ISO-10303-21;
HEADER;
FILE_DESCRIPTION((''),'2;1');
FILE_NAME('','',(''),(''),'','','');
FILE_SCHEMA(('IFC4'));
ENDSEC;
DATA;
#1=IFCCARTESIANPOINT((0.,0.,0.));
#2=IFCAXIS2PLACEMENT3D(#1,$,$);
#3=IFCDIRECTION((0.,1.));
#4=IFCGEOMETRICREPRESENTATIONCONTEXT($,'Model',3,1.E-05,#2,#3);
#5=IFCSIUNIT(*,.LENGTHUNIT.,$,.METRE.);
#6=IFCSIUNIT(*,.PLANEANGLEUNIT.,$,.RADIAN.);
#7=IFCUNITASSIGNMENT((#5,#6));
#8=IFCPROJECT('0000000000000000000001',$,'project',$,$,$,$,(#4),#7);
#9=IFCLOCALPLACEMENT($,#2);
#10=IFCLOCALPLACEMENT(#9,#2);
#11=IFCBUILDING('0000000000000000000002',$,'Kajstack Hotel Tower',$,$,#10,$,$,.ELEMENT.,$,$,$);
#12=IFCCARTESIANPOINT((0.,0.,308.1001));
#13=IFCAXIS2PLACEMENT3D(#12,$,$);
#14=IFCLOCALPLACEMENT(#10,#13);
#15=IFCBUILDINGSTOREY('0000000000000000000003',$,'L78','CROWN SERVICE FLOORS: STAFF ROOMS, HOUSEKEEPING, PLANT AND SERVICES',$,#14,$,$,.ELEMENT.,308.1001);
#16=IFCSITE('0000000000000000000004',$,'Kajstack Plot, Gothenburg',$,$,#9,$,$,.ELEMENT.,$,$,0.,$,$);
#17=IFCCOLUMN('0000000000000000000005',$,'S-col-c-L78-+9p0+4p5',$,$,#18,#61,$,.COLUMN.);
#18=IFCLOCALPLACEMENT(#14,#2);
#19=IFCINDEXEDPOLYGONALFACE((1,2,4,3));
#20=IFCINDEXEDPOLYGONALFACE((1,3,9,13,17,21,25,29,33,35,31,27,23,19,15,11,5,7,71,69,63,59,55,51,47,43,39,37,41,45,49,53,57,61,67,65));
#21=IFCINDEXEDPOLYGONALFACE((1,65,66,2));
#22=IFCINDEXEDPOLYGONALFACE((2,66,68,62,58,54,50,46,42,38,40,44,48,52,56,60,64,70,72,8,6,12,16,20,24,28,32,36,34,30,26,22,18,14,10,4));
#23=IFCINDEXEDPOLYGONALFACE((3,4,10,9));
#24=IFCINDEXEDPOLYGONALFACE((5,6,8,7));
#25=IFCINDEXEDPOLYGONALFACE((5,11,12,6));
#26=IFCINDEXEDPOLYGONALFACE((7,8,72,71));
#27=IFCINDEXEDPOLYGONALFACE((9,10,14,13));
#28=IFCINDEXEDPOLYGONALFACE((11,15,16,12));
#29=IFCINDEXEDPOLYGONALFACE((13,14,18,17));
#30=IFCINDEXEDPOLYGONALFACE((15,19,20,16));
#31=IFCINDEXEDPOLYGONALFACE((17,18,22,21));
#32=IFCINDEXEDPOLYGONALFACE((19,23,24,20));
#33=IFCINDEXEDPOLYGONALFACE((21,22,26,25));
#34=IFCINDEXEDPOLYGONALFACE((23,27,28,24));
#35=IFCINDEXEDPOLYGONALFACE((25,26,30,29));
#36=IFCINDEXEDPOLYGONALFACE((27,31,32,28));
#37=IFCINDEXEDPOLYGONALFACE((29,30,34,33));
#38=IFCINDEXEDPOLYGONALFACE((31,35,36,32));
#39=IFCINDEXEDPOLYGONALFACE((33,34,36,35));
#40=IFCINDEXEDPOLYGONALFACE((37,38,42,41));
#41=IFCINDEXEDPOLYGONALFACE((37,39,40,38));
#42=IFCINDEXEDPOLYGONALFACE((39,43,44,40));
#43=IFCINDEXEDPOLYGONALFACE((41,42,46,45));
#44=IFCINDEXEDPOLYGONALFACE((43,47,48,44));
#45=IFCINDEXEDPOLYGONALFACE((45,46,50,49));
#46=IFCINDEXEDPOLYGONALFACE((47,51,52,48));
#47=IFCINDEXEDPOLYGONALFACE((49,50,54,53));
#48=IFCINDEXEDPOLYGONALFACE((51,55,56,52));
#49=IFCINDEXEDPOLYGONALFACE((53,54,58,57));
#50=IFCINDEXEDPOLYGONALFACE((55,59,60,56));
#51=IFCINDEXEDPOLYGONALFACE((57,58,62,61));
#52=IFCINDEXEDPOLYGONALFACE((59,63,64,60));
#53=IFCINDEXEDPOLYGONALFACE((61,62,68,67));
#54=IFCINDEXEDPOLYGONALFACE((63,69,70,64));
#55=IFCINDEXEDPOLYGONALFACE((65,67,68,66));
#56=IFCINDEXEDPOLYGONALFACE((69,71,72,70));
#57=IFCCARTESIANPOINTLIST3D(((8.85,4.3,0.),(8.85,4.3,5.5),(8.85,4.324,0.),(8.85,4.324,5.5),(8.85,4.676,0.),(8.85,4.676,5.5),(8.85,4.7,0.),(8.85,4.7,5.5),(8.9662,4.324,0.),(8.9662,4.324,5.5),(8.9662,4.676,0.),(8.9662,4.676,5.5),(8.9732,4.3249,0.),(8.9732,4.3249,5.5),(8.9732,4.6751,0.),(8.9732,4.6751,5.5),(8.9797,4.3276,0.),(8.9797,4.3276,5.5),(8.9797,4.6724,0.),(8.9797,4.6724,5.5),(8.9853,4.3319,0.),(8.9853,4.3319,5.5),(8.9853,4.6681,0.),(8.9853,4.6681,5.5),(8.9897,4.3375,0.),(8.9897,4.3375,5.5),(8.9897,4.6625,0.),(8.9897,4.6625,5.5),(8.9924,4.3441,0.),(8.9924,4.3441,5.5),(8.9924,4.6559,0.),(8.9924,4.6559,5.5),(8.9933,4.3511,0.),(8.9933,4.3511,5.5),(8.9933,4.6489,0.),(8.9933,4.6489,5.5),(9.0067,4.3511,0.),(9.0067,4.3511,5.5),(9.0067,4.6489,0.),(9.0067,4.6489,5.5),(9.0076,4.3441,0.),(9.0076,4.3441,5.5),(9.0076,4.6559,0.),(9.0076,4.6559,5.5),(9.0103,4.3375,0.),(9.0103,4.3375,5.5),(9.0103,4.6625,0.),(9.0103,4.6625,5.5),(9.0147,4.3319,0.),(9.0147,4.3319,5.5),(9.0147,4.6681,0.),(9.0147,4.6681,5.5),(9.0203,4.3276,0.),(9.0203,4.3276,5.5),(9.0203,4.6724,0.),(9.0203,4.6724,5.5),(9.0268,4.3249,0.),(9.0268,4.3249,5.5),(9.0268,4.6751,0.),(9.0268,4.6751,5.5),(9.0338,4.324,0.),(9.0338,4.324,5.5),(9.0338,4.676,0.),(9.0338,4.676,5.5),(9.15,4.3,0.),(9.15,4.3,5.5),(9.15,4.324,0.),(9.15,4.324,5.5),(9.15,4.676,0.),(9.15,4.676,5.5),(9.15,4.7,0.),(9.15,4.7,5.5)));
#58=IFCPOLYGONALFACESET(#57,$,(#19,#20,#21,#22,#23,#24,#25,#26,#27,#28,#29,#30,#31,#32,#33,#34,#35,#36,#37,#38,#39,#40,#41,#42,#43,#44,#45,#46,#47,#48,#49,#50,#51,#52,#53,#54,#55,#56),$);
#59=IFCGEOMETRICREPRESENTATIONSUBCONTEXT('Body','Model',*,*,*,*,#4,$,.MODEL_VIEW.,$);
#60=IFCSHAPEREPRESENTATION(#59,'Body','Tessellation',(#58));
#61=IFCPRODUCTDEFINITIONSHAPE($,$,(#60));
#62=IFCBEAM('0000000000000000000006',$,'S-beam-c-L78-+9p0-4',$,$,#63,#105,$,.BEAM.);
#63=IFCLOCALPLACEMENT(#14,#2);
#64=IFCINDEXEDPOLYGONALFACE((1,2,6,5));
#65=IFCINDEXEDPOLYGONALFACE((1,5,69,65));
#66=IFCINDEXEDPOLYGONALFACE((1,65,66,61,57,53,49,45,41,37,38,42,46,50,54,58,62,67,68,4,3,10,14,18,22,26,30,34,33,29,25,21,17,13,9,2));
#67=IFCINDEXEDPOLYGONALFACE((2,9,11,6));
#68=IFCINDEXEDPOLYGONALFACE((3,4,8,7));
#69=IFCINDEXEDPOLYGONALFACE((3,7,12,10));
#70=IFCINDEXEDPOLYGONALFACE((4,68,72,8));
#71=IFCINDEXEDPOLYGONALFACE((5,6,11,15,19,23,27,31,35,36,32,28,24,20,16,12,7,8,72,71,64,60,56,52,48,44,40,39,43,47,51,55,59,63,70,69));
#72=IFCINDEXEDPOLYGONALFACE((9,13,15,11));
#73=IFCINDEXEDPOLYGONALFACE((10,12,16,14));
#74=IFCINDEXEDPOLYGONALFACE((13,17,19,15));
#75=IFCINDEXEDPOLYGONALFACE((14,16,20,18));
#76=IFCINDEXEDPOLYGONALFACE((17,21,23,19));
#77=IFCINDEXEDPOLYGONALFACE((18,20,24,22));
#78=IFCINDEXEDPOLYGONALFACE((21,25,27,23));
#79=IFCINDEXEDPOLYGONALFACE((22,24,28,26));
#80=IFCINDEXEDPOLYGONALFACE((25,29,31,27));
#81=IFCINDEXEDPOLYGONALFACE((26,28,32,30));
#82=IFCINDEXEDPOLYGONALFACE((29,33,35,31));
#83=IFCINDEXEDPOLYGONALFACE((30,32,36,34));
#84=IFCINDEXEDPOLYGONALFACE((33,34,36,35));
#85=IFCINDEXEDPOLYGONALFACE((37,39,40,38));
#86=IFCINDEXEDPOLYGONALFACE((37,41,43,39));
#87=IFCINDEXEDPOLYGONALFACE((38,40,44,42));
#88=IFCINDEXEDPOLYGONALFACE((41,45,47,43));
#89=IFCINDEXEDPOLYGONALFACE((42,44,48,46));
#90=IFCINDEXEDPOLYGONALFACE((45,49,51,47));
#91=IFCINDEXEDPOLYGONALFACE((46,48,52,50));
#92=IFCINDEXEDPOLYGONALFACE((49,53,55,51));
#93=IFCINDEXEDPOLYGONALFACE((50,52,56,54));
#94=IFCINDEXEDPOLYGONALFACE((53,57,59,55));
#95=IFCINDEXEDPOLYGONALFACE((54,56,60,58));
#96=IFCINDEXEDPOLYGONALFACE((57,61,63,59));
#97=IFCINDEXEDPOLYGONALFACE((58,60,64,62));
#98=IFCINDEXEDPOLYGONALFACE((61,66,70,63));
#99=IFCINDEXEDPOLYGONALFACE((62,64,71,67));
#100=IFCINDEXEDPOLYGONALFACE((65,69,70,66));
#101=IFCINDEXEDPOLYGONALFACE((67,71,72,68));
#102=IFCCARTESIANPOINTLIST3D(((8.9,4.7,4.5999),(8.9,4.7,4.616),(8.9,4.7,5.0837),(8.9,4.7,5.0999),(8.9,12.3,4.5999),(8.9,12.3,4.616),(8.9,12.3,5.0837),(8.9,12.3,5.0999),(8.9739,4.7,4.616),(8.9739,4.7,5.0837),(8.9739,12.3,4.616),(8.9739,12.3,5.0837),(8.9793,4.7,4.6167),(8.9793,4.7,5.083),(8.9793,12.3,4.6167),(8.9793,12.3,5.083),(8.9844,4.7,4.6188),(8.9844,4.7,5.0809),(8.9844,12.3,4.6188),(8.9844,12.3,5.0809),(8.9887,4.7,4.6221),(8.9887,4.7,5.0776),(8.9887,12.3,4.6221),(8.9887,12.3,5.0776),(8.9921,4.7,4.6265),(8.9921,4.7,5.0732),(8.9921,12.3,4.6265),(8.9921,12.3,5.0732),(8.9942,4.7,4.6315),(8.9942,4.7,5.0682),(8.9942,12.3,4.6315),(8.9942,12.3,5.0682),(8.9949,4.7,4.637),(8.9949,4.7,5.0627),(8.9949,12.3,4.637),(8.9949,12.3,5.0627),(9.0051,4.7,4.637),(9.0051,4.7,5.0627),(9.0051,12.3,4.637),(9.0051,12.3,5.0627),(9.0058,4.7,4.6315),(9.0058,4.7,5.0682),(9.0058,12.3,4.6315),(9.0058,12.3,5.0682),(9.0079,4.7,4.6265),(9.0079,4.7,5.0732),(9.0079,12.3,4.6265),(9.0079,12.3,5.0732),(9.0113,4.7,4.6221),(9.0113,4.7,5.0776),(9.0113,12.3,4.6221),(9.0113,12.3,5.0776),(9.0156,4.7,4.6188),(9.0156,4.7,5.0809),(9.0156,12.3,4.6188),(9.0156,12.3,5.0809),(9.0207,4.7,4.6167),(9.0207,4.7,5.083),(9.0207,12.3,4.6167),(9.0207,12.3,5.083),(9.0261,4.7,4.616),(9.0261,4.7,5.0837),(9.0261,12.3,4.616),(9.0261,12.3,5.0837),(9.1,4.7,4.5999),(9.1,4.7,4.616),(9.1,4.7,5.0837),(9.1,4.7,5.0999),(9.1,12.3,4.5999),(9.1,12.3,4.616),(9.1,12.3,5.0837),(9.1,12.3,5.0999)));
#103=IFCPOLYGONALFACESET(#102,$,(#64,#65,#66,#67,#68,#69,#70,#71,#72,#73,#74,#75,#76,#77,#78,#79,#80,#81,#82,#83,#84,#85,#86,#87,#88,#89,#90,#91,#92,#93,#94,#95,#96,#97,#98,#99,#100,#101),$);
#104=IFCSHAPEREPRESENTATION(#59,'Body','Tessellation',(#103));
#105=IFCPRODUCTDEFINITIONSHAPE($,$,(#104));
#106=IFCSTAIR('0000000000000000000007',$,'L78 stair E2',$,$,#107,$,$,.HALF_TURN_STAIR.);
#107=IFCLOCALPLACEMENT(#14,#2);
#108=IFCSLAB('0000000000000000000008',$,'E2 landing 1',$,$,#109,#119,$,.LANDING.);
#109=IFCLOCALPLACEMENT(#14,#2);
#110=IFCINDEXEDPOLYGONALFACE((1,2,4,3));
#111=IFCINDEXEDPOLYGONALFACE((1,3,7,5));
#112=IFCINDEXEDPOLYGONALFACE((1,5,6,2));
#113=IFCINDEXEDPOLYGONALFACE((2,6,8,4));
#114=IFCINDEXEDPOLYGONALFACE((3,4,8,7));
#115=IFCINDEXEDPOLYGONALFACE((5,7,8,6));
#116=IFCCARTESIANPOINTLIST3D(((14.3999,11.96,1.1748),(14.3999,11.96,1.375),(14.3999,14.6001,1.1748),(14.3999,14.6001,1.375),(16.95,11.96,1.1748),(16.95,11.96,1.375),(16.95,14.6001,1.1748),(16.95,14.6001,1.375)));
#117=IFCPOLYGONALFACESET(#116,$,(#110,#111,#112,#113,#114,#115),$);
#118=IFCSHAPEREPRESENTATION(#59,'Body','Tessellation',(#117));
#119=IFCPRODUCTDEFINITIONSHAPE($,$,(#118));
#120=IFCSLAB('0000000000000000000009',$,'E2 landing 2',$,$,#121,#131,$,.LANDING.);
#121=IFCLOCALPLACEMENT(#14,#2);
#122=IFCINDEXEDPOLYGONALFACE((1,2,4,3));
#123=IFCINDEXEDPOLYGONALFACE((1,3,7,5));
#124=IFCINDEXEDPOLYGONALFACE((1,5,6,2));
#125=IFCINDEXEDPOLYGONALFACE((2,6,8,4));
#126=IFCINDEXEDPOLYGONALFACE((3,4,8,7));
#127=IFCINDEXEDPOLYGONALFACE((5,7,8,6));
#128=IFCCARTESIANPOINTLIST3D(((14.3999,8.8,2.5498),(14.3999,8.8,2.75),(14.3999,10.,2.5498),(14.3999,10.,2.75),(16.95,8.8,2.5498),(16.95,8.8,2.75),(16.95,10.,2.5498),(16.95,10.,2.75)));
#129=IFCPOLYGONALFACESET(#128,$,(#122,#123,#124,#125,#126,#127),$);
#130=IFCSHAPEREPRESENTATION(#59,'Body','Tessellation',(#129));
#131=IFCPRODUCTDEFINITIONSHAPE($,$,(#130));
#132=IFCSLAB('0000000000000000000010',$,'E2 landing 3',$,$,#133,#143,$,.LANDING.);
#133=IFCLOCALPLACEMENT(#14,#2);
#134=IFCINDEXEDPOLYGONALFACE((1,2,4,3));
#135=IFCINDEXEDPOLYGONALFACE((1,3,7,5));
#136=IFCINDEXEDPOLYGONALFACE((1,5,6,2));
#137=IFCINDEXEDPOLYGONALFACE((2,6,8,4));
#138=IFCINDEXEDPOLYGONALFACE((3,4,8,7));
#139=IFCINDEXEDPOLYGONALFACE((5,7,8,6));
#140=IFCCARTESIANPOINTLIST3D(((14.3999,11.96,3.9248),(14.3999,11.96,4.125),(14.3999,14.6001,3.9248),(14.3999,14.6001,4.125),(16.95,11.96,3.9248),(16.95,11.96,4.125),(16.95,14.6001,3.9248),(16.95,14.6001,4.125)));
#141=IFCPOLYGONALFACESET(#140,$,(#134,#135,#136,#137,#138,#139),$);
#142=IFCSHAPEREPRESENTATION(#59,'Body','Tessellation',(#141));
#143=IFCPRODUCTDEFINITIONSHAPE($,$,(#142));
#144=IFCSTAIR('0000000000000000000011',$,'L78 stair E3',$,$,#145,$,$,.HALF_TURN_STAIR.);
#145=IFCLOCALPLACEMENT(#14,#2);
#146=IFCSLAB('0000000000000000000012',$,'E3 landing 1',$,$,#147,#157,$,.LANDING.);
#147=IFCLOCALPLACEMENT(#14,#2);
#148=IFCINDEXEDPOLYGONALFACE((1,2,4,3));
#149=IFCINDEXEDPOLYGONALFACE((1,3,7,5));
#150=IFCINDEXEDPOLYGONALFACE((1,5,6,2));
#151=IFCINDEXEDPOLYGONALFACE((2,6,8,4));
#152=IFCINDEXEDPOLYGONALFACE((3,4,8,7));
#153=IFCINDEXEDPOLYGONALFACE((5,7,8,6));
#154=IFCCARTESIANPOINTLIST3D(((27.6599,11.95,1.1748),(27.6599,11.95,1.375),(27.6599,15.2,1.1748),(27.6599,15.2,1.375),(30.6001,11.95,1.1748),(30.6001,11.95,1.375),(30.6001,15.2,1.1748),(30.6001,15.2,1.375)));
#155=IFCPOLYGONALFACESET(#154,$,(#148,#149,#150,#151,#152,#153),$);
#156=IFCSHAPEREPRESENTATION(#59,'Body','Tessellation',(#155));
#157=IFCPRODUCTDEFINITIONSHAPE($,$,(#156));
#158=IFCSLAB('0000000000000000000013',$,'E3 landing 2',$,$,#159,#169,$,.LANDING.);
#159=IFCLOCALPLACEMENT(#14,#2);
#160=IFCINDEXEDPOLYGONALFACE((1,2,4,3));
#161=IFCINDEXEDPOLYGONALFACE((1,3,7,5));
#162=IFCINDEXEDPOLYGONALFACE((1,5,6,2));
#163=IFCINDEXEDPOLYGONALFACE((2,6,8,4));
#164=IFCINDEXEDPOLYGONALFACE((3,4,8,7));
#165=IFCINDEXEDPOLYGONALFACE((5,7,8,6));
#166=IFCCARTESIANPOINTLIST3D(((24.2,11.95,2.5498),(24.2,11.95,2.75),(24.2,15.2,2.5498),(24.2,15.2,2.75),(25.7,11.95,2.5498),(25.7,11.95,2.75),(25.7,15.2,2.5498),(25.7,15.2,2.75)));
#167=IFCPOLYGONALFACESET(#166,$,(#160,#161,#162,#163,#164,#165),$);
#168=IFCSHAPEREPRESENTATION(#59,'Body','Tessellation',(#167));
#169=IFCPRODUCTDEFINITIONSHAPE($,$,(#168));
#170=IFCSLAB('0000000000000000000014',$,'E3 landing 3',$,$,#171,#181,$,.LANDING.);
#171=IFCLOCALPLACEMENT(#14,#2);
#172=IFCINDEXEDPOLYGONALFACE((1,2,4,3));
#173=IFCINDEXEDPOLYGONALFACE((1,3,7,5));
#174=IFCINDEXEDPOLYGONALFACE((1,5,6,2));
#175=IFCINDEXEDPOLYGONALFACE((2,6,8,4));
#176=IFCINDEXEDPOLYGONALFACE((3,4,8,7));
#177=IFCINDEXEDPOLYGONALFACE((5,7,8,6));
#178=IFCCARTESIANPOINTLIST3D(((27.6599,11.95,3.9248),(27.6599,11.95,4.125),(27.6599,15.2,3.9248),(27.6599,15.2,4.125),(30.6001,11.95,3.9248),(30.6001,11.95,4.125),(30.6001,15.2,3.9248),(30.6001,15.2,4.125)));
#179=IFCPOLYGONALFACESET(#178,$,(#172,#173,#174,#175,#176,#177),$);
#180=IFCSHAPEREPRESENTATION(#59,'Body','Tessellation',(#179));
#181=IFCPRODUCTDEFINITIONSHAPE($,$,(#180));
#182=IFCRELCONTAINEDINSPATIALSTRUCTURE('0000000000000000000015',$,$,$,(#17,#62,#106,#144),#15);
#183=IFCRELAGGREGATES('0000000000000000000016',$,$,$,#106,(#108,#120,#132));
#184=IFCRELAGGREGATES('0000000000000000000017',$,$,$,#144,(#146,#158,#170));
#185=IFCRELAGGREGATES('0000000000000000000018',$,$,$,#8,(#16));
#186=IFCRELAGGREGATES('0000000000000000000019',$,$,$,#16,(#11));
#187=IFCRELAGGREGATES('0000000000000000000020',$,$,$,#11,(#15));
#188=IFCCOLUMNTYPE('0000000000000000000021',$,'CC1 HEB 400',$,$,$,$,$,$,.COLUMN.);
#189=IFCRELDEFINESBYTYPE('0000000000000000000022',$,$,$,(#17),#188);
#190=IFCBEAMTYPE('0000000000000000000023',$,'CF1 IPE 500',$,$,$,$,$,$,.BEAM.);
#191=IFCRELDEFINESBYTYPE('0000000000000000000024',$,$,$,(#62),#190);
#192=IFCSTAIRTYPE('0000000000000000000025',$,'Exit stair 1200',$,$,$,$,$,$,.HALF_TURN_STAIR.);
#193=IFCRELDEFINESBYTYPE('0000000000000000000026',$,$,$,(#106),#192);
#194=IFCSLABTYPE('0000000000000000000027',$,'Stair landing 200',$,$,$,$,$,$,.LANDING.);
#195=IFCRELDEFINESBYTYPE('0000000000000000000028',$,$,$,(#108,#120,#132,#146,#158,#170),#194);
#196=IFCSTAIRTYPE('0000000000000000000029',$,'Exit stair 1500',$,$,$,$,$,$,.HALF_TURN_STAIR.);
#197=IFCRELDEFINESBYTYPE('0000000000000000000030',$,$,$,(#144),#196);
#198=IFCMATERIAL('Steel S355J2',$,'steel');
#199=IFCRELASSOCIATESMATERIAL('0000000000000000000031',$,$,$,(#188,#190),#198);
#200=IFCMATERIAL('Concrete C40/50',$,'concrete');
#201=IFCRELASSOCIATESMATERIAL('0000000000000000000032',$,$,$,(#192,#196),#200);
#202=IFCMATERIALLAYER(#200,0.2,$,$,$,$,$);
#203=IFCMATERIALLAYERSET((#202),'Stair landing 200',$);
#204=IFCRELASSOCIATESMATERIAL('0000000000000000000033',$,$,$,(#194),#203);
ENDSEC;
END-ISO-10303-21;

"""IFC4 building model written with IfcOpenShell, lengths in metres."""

from ifc_helpers import new_model, si_unit, direction, frame, origin, origin_2d, place, context, subcontext, project, spatial, polyline, i_section, outline, extrude, material, layer, layer_set, material_profile, profile_set, type_object, element, aggregate, save


model = new_model("IFC4")

# Units and contexts
model_context = context("Model", 3, precision=1e-05, world=origin(), true_north=direction((0.0, 1.0)))
body_context = subcontext(model_context, "Body", "Model", "MODEL_VIEW")
ifc_project = project(units=[si_unit("LENGTHUNIT", "METRE"), si_unit("PLANEANGLEUNIT", "RADIAN")], contexts=[model_context])

# Site, building, storey
site_placement = place(None, origin())
site = spatial("IfcSite", under=ifc_project, at=site_placement, Name="Kajstack Plot, Gothenburg", CompositionType="ELEMENT", RefElevation=0.0)
building_placement = place(site_placement, origin())
building = spatial("IfcBuilding", under=site, at=building_placement, Name="Kajstack Hotel Tower", CompositionType="ELEMENT")
storey_placement = place(building_placement, frame((0.0, 0.0, 308.1001)))
storey = spatial("IfcBuildingStorey", under=building, at=storey_placement, Name="L78", Description="CROWN SERVICE FLOORS: STAFF ROOMS, HOUSEKEEPING, PLANT AND SERVICES", CompositionType="ELEMENT", Elevation=308.1001)

# Column
ifc_material_1 = material(Name="Steel S355J2", Category="steel")
ifc_material_profile_1 = material_profile(ifc_material_1, i_section(OverallWidth=0.3, OverallDepth=0.3999, WebThickness=0.0134, FlangeThickness=0.0239, FilletRadius=0.0271, at=origin_2d()), Name="HEB 400")
ifc_profile_set_1 = profile_set([ifc_material_profile_1], Name="Steel S355J2")
column_type = type_object("IfcColumnType", Name="CC1 HEB 400", PredefinedType="COLUMN", material=ifc_profile_set_1)
column_placement = place(storey_placement, frame((9.0, 4.5, 0.0), z_axis=(0.0, 0.0, 1.0), x_axis=(1.0, 0.0, 0.0)))
element("IfcColumn", 1, at=column_placement, inside=storey, type_object=column_type, Name="S-col-c-L78-+9p0+4p5", PredefinedType="COLUMN", context=body_context, shape_type="SweptSolid", body=[
    extrude(i_section(OverallWidth=0.3, OverallDepth=0.3999, WebThickness=0.0134, FlangeThickness=0.0239, FilletRadius=0.0271, at=origin_2d()), origin(), (0.0, 0.0, 1.0), 5.5),
])

# Beam
ifc_material_profile_2 = material_profile(ifc_material_1, i_section(OverallWidth=0.2, OverallDepth=0.5, WebThickness=0.0103, FlangeThickness=0.0161, FilletRadius=0.021, at=origin_2d()), Name="IPE 500")
ifc_profile_set_2 = profile_set([ifc_material_profile_2], Name="Steel S355J2")
beam_type = type_object("IfcBeamType", Name="CF1 IPE 500", PredefinedType="BEAM", material=ifc_profile_set_2)
beam_placement = place(storey_placement, frame((9.0, 4.7, 4.8499), z_axis=(0.0, 1.0, 0.0), x_axis=(-1.0, 0.0, 0.0)))
element("IfcBeam", 2, at=beam_placement, inside=storey, type_object=beam_type, Name="S-beam-c-L78-+9p0-4", PredefinedType="BEAM", context=body_context, shape_type="SweptSolid", body=[
    extrude(i_section(OverallWidth=0.2, OverallDepth=0.5, WebThickness=0.0103, FlangeThickness=0.0161, FilletRadius=0.021, at=origin_2d()), origin(), (0.0, 0.0, 1.0), 7.6001),
])

# Stairs, slabs
ifc_material_2 = material(Name="Concrete C40/50", Category="concrete")
stair_type_1 = type_object("IfcStairType", Name="Exit stair 1200", PredefinedType="HALF_TURN_STAIR", material=ifc_material_2)
stair_1_placement = place(storey_placement, origin())
stair_1 = element("IfcStair", 3, at=stair_1_placement, inside=storey, type_object=stair_type_1, Name="L78 stair E2", PredefinedType="HALF_TURN_STAIR")
ifc_layer_1 = layer(ifc_material_2, 0.2)
ifc_layer_set_1 = layer_set([ifc_layer_1], Name="Stair landing 200")
slab_type = type_object("IfcSlabType", Name="Stair landing 200", PredefinedType="LANDING", material=ifc_layer_set_1)
slab_1_placement = place(storey_placement, frame((0.0, 0.0, 1.1748)))
slab_1 = element("IfcSlab", 4, at=slab_1_placement, type_object=slab_type, Name="E2 landing 1", PredefinedType="LANDING", context=body_context, shape_type="SweptSolid", body=[
    extrude(outline(polyline([(16.95, 11.96), (16.95, 14.6001), (14.3999, 14.6001), (14.3999, 11.96), (16.95, 11.96)])), origin(), (0.0, 0.0, 1.0), 0.2002),
])
slab_2_placement = place(storey_placement, frame((0.0, 0.0, 2.5498)))
slab_2 = element("IfcSlab", 5, at=slab_2_placement, type_object=slab_type, Name="E2 landing 2", PredefinedType="LANDING", context=body_context, shape_type="SweptSolid", body=[
    extrude(outline(polyline([(16.95, 8.8), (16.95, 10.0), (14.3999, 10.0), (14.3999, 8.8), (16.95, 8.8)])), origin(), (0.0, 0.0, 1.0), 0.2002),
])
slab_3_placement = place(storey_placement, frame((0.0, 0.0, 3.9248)))
slab_3 = element("IfcSlab", 6, at=slab_3_placement, type_object=slab_type, Name="E2 landing 3", PredefinedType="LANDING", context=body_context, shape_type="SweptSolid", body=[
    extrude(outline(polyline([(16.95, 11.96), (16.95, 14.6001), (14.3999, 14.6001), (14.3999, 11.96), (16.95, 11.96)])), origin(), (0.0, 0.0, 1.0), 0.2002),
])
aggregate(stair_1, [slab_1, slab_2, slab_3])
stair_type_2 = type_object("IfcStairType", Name="Exit stair 1500", PredefinedType="HALF_TURN_STAIR", material=ifc_material_2)
stair_2_placement = place(storey_placement, origin())
stair_2 = element("IfcStair", 7, at=stair_2_placement, inside=storey, type_object=stair_type_2, Name="L78 stair E3", PredefinedType="HALF_TURN_STAIR")
slab_4_placement = place(storey_placement, frame((0.0, 0.0, 1.1748)))
slab_4 = element("IfcSlab", 8, at=slab_4_placement, type_object=slab_type, Name="E3 landing 1", PredefinedType="LANDING", context=body_context, shape_type="SweptSolid", body=[
    extrude(outline(polyline([(27.6599, 11.95), (30.6001, 11.95), (30.6001, 15.2), (27.6599, 15.2), (27.6599, 11.95)])), origin(), (0.0, 0.0, 1.0), 0.2002),
])
slab_5_placement = place(storey_placement, frame((0.0, 0.0, 2.5498)))
slab_5 = element("IfcSlab", 9, at=slab_5_placement, type_object=slab_type, Name="E3 landing 2", PredefinedType="LANDING", context=body_context, shape_type="SweptSolid", body=[
    extrude(outline(polyline([(24.2, 11.95), (25.7, 11.95), (25.7, 15.2), (24.2, 15.2), (24.2, 11.95)])), origin(), (0.0, 0.0, 1.0), 0.2002),
])
slab_6_placement = place(storey_placement, frame((0.0, 0.0, 3.9248)))
slab_6 = element("IfcSlab", 10, at=slab_6_placement, type_object=slab_type, Name="E3 landing 3", PredefinedType="LANDING", context=body_context, shape_type="SweptSolid", body=[
    extrude(outline(polyline([(27.6599, 11.95), (30.6001, 11.95), (30.6001, 15.2), (27.6599, 15.2), (27.6599, 11.95)])), origin(), (0.0, 0.0, 1.0), 0.2002),
])
aggregate(stair_2, [slab_4, slab_5, slab_6])

save(model, "model.ifc")
